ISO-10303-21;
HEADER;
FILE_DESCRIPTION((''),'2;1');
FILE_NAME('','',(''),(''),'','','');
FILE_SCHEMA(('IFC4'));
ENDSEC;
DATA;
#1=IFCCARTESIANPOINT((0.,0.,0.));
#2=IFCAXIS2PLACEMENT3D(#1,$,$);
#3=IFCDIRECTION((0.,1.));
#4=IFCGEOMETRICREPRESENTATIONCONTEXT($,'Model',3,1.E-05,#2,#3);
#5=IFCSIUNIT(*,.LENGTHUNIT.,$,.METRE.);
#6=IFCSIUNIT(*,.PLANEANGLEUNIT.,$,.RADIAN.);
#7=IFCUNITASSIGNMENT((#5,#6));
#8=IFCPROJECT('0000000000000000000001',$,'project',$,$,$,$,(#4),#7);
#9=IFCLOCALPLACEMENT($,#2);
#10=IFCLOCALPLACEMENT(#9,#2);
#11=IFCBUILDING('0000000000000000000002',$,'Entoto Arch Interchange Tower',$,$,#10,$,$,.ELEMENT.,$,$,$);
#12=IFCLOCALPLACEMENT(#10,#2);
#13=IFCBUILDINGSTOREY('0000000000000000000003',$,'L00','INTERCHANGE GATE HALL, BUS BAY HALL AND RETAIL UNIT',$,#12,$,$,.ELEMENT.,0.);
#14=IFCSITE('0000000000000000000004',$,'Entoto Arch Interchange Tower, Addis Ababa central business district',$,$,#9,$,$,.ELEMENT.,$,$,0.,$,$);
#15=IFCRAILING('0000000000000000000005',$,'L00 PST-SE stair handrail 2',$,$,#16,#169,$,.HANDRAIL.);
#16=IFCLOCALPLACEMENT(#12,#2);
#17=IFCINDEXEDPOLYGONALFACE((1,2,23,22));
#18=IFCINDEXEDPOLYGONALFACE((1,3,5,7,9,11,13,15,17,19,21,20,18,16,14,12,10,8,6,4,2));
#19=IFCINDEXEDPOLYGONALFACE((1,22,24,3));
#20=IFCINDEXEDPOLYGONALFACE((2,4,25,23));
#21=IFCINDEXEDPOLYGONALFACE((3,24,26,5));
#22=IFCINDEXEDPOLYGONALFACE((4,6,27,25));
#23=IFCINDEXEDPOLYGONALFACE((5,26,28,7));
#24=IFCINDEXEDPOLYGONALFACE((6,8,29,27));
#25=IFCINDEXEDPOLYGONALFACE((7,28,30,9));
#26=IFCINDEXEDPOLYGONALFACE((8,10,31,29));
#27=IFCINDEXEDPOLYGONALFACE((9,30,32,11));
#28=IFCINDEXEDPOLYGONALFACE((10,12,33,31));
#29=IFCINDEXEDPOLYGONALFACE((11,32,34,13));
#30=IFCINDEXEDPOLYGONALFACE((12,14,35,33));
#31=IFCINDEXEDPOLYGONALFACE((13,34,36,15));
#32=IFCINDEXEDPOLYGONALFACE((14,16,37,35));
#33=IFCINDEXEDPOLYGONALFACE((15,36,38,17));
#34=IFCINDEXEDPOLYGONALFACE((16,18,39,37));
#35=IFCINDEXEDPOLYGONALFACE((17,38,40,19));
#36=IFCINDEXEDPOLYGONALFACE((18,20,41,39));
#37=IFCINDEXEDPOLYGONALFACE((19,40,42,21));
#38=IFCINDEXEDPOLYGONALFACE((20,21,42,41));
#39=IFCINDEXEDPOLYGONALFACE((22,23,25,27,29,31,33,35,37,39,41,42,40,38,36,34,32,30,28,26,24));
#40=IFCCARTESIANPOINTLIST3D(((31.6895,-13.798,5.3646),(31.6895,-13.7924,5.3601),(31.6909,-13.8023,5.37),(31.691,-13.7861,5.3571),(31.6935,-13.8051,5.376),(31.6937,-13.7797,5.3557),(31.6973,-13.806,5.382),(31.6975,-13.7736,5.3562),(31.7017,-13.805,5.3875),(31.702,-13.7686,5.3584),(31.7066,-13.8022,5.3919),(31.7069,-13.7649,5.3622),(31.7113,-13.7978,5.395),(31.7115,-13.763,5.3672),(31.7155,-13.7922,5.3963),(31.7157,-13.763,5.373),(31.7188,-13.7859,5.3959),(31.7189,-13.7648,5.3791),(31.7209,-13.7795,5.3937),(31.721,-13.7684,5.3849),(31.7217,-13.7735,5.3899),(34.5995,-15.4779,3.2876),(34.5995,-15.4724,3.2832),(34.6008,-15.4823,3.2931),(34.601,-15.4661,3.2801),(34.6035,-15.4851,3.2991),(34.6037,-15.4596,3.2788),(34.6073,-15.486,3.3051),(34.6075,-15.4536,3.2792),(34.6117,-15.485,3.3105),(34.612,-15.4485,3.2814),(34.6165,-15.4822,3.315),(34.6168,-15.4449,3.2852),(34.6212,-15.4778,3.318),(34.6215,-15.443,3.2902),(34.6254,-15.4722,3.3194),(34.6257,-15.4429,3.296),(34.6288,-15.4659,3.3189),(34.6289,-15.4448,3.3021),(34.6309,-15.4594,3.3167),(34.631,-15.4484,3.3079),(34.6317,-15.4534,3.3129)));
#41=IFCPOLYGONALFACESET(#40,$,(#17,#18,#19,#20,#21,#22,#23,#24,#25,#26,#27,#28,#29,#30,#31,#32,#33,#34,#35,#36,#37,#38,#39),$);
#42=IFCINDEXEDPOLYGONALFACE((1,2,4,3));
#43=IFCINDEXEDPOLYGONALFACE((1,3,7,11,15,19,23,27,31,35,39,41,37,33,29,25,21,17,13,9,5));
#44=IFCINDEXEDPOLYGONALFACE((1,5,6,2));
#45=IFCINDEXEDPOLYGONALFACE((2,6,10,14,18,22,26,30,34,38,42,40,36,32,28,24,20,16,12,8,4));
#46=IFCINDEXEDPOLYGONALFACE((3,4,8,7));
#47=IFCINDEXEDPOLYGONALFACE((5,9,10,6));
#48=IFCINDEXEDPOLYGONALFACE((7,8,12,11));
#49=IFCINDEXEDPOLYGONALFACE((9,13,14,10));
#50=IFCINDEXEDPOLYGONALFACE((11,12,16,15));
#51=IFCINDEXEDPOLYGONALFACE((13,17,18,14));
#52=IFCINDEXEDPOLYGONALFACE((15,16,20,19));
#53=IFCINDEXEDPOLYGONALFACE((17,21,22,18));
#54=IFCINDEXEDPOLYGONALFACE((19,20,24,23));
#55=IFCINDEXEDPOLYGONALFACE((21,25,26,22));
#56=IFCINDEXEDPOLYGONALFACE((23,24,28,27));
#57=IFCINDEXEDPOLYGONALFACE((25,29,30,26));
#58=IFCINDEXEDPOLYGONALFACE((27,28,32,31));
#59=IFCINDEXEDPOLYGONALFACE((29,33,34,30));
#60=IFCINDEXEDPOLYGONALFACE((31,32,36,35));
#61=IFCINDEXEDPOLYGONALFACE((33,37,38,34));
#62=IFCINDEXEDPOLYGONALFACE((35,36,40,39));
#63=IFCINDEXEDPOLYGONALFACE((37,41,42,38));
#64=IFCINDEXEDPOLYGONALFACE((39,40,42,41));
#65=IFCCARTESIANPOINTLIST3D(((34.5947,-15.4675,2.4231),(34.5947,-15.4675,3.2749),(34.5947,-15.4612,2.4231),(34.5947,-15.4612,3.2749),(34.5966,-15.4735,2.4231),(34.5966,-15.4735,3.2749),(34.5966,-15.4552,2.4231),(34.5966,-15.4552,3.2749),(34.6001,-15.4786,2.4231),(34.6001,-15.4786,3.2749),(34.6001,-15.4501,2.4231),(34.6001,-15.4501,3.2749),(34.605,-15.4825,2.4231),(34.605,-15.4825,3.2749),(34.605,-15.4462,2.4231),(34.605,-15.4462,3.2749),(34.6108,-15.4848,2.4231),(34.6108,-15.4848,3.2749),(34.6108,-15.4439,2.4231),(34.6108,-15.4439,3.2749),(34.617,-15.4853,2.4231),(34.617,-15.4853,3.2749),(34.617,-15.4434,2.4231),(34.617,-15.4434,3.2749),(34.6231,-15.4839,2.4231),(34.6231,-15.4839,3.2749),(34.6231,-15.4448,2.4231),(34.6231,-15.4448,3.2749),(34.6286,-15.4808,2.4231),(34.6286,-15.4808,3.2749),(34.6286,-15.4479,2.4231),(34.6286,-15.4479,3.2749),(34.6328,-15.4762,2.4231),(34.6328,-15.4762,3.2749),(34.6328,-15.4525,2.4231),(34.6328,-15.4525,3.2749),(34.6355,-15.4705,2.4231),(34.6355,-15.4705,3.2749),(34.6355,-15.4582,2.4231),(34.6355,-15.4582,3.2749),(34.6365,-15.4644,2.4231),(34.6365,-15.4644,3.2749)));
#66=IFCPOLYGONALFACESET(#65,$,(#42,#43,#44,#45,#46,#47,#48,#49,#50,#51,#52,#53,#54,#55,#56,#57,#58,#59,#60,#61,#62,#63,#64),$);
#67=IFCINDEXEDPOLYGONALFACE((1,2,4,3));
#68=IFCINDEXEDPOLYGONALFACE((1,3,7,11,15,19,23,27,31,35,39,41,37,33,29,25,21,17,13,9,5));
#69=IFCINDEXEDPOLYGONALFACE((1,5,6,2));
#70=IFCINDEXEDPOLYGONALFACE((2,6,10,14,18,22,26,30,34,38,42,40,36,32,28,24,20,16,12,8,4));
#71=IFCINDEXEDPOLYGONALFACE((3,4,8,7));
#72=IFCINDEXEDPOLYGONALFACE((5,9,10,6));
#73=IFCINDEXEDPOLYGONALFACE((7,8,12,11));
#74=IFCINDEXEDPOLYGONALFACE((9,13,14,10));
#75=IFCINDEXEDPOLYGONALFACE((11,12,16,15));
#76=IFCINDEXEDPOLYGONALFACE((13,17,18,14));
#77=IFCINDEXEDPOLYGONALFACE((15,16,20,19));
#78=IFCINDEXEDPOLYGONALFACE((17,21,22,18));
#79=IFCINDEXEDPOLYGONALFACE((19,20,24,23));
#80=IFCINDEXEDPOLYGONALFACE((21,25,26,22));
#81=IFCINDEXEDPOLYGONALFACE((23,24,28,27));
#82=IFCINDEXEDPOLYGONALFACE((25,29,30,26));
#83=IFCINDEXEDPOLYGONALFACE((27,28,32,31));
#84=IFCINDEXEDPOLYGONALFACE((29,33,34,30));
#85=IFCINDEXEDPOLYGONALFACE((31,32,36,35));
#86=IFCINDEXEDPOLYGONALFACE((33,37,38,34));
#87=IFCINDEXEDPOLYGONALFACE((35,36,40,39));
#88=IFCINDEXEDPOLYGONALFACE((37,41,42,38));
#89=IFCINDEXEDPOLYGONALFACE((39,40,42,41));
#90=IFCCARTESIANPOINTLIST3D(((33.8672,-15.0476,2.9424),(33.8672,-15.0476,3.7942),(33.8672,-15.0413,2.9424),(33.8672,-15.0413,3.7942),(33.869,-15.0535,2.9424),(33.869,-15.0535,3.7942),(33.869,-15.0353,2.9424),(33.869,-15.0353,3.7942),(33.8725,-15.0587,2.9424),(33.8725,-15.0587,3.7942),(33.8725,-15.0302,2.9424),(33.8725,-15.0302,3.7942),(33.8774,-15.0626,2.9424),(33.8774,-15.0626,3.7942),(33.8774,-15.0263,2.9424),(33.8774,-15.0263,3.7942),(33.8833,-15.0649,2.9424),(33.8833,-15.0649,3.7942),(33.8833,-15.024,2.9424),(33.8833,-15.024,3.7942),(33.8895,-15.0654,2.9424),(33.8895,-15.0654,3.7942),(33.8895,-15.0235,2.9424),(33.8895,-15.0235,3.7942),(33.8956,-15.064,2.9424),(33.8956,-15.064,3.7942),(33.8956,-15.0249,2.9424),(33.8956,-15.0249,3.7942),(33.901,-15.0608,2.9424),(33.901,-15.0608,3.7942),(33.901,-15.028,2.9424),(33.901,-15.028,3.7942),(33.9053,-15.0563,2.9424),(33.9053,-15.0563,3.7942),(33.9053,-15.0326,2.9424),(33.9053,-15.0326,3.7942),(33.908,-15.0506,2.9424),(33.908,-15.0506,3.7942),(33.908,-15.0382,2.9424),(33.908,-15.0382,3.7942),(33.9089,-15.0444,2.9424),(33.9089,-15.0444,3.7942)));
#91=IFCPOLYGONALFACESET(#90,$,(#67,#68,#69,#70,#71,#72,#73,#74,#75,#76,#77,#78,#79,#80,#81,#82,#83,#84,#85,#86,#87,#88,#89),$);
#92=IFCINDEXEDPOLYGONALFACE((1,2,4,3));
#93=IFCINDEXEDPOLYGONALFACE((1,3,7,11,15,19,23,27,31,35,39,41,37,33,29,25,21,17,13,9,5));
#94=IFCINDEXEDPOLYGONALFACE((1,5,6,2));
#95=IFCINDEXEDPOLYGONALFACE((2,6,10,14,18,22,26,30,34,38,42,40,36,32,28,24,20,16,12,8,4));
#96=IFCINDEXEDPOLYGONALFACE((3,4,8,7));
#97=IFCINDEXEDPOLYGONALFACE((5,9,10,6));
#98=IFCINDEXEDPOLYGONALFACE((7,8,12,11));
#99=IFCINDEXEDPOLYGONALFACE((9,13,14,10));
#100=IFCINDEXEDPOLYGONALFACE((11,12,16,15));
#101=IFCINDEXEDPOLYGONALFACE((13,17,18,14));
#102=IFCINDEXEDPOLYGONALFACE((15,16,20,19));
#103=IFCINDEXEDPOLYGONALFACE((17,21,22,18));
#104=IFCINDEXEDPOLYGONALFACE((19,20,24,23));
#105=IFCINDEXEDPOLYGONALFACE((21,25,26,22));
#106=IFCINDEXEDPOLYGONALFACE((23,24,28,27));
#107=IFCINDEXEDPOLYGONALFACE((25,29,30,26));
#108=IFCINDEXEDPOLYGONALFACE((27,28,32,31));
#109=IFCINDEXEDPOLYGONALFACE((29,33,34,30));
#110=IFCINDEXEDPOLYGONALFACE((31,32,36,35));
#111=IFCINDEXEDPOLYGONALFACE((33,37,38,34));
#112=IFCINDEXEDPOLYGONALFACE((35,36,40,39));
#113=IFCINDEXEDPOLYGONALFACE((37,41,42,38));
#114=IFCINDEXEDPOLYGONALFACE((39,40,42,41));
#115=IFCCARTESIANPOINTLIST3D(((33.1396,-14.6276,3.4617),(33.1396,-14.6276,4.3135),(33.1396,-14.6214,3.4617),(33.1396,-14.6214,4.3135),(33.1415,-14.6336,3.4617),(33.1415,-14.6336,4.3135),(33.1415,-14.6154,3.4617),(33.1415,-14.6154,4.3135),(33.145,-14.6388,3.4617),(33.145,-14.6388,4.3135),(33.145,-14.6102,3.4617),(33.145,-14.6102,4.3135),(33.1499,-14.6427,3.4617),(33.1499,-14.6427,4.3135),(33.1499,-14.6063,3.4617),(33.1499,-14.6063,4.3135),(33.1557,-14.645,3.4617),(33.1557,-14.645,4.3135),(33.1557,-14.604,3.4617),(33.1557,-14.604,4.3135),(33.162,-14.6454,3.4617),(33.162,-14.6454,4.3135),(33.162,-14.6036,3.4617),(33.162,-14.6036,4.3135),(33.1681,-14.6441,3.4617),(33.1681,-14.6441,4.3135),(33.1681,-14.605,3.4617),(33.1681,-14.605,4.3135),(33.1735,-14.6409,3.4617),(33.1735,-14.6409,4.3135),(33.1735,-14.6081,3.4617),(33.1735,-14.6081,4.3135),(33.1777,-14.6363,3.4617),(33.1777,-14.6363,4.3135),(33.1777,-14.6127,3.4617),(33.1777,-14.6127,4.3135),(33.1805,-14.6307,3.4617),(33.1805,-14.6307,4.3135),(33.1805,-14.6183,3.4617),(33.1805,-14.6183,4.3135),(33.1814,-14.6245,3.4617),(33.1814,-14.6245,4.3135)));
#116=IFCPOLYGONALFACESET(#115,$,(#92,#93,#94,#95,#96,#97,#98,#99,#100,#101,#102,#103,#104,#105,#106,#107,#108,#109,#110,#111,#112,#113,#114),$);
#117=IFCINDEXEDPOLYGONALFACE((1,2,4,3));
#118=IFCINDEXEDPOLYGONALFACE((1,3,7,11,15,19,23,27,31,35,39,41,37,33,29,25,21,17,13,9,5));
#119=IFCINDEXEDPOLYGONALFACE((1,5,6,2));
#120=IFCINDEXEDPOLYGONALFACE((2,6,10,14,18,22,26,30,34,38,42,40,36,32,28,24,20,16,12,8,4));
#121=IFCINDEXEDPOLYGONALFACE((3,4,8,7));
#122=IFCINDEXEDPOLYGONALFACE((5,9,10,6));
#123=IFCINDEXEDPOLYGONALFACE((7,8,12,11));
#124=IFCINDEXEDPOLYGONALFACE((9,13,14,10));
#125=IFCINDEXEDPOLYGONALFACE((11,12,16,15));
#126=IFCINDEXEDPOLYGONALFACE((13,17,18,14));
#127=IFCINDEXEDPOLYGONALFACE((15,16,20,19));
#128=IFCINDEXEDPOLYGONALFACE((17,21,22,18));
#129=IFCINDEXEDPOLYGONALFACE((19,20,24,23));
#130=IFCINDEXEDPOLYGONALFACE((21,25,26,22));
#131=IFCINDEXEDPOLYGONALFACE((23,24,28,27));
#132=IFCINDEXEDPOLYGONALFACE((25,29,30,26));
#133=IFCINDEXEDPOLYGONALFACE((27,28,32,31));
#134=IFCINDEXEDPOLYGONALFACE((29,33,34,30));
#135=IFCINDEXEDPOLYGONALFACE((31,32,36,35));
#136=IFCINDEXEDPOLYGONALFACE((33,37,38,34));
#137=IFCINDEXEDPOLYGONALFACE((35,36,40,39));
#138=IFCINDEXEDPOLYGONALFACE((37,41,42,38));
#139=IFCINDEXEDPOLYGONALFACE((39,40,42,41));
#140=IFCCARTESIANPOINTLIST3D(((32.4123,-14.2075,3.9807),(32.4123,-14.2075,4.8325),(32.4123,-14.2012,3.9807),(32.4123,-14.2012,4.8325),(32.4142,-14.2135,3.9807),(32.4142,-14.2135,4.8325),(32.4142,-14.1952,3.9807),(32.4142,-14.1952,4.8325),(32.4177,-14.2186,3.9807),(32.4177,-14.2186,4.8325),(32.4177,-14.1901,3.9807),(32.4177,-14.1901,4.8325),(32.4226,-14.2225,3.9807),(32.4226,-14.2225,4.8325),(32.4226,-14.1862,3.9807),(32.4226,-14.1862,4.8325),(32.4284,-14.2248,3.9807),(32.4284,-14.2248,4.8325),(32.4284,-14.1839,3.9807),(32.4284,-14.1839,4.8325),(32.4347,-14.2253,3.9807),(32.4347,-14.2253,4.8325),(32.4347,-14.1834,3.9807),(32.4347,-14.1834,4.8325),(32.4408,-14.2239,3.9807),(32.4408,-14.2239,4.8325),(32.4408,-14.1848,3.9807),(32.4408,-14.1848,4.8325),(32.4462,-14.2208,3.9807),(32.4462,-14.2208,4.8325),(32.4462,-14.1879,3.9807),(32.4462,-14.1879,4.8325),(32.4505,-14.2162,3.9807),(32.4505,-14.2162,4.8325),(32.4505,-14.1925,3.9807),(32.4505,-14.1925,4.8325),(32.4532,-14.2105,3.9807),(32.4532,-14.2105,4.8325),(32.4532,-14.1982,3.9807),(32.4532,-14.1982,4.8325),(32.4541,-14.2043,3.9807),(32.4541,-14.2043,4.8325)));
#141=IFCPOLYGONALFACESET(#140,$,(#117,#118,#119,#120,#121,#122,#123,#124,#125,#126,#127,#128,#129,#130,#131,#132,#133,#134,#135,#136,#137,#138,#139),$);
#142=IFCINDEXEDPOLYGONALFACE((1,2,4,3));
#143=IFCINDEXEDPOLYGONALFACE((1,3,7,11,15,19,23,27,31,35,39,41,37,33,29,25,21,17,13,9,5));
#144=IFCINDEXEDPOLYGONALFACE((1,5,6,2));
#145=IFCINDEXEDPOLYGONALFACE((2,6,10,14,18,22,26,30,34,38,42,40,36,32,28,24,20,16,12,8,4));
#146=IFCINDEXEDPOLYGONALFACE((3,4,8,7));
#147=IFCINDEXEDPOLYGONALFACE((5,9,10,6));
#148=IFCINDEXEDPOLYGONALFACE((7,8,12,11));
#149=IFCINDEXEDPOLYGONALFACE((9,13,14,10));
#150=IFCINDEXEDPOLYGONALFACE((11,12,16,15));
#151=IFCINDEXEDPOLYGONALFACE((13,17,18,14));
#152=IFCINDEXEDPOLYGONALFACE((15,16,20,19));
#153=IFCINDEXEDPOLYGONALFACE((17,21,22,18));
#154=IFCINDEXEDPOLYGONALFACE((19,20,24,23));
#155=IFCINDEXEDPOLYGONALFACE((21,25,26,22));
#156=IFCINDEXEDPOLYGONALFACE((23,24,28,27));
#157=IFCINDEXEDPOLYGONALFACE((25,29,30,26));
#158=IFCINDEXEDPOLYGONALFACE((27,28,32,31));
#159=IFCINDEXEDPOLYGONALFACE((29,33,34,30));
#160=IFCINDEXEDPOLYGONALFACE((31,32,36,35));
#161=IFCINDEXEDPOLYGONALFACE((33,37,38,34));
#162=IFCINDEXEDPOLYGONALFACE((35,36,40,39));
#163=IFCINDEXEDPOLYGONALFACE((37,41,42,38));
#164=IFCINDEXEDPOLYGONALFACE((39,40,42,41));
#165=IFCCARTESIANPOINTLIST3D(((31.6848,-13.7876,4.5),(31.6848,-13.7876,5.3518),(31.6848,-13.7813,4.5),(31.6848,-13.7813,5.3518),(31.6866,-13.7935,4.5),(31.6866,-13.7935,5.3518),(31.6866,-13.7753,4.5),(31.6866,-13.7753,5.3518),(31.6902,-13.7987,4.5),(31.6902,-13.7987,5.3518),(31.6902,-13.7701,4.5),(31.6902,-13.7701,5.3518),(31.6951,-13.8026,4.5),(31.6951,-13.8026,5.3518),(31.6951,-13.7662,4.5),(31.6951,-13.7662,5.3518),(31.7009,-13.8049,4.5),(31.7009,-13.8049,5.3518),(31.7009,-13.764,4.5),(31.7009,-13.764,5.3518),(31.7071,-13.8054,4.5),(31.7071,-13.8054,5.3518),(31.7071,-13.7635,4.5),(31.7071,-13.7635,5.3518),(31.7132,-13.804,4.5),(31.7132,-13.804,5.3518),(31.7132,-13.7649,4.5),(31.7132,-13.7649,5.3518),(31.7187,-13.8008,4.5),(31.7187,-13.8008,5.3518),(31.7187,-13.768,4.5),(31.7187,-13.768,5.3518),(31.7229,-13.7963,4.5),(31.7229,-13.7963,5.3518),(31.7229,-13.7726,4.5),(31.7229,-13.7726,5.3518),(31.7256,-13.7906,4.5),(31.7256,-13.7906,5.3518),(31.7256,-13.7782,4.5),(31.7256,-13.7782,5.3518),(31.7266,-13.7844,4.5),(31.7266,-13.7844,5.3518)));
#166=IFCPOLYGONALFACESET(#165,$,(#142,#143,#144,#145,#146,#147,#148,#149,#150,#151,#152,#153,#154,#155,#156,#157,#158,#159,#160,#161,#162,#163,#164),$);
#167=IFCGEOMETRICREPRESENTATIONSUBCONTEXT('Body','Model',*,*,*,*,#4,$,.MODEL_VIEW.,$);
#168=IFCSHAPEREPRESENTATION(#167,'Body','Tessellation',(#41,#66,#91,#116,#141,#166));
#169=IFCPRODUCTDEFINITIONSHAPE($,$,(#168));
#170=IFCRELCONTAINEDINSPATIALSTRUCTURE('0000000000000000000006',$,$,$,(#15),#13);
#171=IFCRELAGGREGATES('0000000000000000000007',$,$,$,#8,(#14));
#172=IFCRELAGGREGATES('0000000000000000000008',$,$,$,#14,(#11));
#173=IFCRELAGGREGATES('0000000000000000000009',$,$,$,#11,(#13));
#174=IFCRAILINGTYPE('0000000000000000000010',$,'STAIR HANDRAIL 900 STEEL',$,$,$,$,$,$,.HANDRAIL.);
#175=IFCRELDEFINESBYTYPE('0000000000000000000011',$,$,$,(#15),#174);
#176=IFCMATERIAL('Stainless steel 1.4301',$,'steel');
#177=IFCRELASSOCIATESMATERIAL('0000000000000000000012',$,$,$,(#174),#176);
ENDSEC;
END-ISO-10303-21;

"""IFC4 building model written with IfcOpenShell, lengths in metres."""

from ifc_helpers import new_model, si_unit, direction, frame, origin, origin_2d, place, context, subcontext, project, spatial, circle, extrude, material, type_object, element, save


model = new_model("IFC4")

# Units and contexts
model_context = context("Model", 3, precision=1e-05, world=origin(), true_north=direction((0.0, 1.0)))
body_context = subcontext(model_context, "Body", "Model", "MODEL_VIEW")
ifc_project = project(units=[si_unit("LENGTHUNIT", "METRE"), si_unit("PLANEANGLEUNIT", "RADIAN")], contexts=[model_context])

# Site, building, storey
site_placement = place(None, origin())
site = spatial("IfcSite", under=ifc_project, at=site_placement, Name="Entoto Arch Interchange Tower, Addis Ababa central business district", CompositionType="ELEMENT", RefElevation=0.0)
building_placement = place(site_placement, origin())
building = spatial("IfcBuilding", under=site, at=building_placement, Name="Entoto Arch Interchange Tower", CompositionType="ELEMENT")
storey_placement = place(building_placement, origin())
storey = spatial("IfcBuildingStorey", under=building, at=storey_placement, Name="L00", Description="INTERCHANGE GATE HALL, BUS BAY HALL AND RETAIL UNIT", CompositionType="ELEMENT", Elevation=0.0)

# Railing
ifc_material_1 = material(Name="Stainless steel 1.4301", Category="steel")
railing_type_1 = type_object("IfcRailingType", Name="STAIR HANDRAIL 900 STEEL", PredefinedType="HANDRAIL", material=ifc_material_1)
for number, where, name in (
    (1, (34.6155, -15.4644, 2.4231), "L00 PST-SE stair handrail 2"),
):
    element("IfcRailing", number, at=place(storey_placement, frame(where)), inside=storey, type_object=railing_type_1, Name=name, PredefinedType="HANDRAIL", context=body_context, shape_type="SweptSolid", body=[
        extrude(circle(Radius=0.0239, at=origin_2d()), frame((0.0, 0.0, 0.876), z_axis=(-0.736668, 0.425288, 0.525785), x_axis=(-0.499976, -0.866039, 0.0)), (0.0, 0.0, 1.0), 3.9502),
        extrude(circle(Radius=0.021, at=origin_2d()), origin(), (0.0, 0.0, 1.0), 0.8518),
        extrude(circle(Radius=0.021, at=origin_2d()), frame((-0.7275, 0.4199, 0.5193)), (0.0, 0.0, 1.0), 0.8518),
        extrude(circle(Radius=0.021, at=origin_2d()), frame((-1.4551, 0.8398, 1.0386)), (0.0, 0.0, 1.0), 0.8518),
        extrude(circle(Radius=0.021, at=origin_2d()), frame((-2.1824, 1.26, 1.5576)), (0.0, 0.0, 1.0), 0.8518),
        extrude(circle(Radius=0.021, at=origin_2d()), frame((-2.9099, 1.6799, 2.0769)), (0.0, 0.0, 1.0), 0.8518),
    ])

save(model, "model.ifc")
